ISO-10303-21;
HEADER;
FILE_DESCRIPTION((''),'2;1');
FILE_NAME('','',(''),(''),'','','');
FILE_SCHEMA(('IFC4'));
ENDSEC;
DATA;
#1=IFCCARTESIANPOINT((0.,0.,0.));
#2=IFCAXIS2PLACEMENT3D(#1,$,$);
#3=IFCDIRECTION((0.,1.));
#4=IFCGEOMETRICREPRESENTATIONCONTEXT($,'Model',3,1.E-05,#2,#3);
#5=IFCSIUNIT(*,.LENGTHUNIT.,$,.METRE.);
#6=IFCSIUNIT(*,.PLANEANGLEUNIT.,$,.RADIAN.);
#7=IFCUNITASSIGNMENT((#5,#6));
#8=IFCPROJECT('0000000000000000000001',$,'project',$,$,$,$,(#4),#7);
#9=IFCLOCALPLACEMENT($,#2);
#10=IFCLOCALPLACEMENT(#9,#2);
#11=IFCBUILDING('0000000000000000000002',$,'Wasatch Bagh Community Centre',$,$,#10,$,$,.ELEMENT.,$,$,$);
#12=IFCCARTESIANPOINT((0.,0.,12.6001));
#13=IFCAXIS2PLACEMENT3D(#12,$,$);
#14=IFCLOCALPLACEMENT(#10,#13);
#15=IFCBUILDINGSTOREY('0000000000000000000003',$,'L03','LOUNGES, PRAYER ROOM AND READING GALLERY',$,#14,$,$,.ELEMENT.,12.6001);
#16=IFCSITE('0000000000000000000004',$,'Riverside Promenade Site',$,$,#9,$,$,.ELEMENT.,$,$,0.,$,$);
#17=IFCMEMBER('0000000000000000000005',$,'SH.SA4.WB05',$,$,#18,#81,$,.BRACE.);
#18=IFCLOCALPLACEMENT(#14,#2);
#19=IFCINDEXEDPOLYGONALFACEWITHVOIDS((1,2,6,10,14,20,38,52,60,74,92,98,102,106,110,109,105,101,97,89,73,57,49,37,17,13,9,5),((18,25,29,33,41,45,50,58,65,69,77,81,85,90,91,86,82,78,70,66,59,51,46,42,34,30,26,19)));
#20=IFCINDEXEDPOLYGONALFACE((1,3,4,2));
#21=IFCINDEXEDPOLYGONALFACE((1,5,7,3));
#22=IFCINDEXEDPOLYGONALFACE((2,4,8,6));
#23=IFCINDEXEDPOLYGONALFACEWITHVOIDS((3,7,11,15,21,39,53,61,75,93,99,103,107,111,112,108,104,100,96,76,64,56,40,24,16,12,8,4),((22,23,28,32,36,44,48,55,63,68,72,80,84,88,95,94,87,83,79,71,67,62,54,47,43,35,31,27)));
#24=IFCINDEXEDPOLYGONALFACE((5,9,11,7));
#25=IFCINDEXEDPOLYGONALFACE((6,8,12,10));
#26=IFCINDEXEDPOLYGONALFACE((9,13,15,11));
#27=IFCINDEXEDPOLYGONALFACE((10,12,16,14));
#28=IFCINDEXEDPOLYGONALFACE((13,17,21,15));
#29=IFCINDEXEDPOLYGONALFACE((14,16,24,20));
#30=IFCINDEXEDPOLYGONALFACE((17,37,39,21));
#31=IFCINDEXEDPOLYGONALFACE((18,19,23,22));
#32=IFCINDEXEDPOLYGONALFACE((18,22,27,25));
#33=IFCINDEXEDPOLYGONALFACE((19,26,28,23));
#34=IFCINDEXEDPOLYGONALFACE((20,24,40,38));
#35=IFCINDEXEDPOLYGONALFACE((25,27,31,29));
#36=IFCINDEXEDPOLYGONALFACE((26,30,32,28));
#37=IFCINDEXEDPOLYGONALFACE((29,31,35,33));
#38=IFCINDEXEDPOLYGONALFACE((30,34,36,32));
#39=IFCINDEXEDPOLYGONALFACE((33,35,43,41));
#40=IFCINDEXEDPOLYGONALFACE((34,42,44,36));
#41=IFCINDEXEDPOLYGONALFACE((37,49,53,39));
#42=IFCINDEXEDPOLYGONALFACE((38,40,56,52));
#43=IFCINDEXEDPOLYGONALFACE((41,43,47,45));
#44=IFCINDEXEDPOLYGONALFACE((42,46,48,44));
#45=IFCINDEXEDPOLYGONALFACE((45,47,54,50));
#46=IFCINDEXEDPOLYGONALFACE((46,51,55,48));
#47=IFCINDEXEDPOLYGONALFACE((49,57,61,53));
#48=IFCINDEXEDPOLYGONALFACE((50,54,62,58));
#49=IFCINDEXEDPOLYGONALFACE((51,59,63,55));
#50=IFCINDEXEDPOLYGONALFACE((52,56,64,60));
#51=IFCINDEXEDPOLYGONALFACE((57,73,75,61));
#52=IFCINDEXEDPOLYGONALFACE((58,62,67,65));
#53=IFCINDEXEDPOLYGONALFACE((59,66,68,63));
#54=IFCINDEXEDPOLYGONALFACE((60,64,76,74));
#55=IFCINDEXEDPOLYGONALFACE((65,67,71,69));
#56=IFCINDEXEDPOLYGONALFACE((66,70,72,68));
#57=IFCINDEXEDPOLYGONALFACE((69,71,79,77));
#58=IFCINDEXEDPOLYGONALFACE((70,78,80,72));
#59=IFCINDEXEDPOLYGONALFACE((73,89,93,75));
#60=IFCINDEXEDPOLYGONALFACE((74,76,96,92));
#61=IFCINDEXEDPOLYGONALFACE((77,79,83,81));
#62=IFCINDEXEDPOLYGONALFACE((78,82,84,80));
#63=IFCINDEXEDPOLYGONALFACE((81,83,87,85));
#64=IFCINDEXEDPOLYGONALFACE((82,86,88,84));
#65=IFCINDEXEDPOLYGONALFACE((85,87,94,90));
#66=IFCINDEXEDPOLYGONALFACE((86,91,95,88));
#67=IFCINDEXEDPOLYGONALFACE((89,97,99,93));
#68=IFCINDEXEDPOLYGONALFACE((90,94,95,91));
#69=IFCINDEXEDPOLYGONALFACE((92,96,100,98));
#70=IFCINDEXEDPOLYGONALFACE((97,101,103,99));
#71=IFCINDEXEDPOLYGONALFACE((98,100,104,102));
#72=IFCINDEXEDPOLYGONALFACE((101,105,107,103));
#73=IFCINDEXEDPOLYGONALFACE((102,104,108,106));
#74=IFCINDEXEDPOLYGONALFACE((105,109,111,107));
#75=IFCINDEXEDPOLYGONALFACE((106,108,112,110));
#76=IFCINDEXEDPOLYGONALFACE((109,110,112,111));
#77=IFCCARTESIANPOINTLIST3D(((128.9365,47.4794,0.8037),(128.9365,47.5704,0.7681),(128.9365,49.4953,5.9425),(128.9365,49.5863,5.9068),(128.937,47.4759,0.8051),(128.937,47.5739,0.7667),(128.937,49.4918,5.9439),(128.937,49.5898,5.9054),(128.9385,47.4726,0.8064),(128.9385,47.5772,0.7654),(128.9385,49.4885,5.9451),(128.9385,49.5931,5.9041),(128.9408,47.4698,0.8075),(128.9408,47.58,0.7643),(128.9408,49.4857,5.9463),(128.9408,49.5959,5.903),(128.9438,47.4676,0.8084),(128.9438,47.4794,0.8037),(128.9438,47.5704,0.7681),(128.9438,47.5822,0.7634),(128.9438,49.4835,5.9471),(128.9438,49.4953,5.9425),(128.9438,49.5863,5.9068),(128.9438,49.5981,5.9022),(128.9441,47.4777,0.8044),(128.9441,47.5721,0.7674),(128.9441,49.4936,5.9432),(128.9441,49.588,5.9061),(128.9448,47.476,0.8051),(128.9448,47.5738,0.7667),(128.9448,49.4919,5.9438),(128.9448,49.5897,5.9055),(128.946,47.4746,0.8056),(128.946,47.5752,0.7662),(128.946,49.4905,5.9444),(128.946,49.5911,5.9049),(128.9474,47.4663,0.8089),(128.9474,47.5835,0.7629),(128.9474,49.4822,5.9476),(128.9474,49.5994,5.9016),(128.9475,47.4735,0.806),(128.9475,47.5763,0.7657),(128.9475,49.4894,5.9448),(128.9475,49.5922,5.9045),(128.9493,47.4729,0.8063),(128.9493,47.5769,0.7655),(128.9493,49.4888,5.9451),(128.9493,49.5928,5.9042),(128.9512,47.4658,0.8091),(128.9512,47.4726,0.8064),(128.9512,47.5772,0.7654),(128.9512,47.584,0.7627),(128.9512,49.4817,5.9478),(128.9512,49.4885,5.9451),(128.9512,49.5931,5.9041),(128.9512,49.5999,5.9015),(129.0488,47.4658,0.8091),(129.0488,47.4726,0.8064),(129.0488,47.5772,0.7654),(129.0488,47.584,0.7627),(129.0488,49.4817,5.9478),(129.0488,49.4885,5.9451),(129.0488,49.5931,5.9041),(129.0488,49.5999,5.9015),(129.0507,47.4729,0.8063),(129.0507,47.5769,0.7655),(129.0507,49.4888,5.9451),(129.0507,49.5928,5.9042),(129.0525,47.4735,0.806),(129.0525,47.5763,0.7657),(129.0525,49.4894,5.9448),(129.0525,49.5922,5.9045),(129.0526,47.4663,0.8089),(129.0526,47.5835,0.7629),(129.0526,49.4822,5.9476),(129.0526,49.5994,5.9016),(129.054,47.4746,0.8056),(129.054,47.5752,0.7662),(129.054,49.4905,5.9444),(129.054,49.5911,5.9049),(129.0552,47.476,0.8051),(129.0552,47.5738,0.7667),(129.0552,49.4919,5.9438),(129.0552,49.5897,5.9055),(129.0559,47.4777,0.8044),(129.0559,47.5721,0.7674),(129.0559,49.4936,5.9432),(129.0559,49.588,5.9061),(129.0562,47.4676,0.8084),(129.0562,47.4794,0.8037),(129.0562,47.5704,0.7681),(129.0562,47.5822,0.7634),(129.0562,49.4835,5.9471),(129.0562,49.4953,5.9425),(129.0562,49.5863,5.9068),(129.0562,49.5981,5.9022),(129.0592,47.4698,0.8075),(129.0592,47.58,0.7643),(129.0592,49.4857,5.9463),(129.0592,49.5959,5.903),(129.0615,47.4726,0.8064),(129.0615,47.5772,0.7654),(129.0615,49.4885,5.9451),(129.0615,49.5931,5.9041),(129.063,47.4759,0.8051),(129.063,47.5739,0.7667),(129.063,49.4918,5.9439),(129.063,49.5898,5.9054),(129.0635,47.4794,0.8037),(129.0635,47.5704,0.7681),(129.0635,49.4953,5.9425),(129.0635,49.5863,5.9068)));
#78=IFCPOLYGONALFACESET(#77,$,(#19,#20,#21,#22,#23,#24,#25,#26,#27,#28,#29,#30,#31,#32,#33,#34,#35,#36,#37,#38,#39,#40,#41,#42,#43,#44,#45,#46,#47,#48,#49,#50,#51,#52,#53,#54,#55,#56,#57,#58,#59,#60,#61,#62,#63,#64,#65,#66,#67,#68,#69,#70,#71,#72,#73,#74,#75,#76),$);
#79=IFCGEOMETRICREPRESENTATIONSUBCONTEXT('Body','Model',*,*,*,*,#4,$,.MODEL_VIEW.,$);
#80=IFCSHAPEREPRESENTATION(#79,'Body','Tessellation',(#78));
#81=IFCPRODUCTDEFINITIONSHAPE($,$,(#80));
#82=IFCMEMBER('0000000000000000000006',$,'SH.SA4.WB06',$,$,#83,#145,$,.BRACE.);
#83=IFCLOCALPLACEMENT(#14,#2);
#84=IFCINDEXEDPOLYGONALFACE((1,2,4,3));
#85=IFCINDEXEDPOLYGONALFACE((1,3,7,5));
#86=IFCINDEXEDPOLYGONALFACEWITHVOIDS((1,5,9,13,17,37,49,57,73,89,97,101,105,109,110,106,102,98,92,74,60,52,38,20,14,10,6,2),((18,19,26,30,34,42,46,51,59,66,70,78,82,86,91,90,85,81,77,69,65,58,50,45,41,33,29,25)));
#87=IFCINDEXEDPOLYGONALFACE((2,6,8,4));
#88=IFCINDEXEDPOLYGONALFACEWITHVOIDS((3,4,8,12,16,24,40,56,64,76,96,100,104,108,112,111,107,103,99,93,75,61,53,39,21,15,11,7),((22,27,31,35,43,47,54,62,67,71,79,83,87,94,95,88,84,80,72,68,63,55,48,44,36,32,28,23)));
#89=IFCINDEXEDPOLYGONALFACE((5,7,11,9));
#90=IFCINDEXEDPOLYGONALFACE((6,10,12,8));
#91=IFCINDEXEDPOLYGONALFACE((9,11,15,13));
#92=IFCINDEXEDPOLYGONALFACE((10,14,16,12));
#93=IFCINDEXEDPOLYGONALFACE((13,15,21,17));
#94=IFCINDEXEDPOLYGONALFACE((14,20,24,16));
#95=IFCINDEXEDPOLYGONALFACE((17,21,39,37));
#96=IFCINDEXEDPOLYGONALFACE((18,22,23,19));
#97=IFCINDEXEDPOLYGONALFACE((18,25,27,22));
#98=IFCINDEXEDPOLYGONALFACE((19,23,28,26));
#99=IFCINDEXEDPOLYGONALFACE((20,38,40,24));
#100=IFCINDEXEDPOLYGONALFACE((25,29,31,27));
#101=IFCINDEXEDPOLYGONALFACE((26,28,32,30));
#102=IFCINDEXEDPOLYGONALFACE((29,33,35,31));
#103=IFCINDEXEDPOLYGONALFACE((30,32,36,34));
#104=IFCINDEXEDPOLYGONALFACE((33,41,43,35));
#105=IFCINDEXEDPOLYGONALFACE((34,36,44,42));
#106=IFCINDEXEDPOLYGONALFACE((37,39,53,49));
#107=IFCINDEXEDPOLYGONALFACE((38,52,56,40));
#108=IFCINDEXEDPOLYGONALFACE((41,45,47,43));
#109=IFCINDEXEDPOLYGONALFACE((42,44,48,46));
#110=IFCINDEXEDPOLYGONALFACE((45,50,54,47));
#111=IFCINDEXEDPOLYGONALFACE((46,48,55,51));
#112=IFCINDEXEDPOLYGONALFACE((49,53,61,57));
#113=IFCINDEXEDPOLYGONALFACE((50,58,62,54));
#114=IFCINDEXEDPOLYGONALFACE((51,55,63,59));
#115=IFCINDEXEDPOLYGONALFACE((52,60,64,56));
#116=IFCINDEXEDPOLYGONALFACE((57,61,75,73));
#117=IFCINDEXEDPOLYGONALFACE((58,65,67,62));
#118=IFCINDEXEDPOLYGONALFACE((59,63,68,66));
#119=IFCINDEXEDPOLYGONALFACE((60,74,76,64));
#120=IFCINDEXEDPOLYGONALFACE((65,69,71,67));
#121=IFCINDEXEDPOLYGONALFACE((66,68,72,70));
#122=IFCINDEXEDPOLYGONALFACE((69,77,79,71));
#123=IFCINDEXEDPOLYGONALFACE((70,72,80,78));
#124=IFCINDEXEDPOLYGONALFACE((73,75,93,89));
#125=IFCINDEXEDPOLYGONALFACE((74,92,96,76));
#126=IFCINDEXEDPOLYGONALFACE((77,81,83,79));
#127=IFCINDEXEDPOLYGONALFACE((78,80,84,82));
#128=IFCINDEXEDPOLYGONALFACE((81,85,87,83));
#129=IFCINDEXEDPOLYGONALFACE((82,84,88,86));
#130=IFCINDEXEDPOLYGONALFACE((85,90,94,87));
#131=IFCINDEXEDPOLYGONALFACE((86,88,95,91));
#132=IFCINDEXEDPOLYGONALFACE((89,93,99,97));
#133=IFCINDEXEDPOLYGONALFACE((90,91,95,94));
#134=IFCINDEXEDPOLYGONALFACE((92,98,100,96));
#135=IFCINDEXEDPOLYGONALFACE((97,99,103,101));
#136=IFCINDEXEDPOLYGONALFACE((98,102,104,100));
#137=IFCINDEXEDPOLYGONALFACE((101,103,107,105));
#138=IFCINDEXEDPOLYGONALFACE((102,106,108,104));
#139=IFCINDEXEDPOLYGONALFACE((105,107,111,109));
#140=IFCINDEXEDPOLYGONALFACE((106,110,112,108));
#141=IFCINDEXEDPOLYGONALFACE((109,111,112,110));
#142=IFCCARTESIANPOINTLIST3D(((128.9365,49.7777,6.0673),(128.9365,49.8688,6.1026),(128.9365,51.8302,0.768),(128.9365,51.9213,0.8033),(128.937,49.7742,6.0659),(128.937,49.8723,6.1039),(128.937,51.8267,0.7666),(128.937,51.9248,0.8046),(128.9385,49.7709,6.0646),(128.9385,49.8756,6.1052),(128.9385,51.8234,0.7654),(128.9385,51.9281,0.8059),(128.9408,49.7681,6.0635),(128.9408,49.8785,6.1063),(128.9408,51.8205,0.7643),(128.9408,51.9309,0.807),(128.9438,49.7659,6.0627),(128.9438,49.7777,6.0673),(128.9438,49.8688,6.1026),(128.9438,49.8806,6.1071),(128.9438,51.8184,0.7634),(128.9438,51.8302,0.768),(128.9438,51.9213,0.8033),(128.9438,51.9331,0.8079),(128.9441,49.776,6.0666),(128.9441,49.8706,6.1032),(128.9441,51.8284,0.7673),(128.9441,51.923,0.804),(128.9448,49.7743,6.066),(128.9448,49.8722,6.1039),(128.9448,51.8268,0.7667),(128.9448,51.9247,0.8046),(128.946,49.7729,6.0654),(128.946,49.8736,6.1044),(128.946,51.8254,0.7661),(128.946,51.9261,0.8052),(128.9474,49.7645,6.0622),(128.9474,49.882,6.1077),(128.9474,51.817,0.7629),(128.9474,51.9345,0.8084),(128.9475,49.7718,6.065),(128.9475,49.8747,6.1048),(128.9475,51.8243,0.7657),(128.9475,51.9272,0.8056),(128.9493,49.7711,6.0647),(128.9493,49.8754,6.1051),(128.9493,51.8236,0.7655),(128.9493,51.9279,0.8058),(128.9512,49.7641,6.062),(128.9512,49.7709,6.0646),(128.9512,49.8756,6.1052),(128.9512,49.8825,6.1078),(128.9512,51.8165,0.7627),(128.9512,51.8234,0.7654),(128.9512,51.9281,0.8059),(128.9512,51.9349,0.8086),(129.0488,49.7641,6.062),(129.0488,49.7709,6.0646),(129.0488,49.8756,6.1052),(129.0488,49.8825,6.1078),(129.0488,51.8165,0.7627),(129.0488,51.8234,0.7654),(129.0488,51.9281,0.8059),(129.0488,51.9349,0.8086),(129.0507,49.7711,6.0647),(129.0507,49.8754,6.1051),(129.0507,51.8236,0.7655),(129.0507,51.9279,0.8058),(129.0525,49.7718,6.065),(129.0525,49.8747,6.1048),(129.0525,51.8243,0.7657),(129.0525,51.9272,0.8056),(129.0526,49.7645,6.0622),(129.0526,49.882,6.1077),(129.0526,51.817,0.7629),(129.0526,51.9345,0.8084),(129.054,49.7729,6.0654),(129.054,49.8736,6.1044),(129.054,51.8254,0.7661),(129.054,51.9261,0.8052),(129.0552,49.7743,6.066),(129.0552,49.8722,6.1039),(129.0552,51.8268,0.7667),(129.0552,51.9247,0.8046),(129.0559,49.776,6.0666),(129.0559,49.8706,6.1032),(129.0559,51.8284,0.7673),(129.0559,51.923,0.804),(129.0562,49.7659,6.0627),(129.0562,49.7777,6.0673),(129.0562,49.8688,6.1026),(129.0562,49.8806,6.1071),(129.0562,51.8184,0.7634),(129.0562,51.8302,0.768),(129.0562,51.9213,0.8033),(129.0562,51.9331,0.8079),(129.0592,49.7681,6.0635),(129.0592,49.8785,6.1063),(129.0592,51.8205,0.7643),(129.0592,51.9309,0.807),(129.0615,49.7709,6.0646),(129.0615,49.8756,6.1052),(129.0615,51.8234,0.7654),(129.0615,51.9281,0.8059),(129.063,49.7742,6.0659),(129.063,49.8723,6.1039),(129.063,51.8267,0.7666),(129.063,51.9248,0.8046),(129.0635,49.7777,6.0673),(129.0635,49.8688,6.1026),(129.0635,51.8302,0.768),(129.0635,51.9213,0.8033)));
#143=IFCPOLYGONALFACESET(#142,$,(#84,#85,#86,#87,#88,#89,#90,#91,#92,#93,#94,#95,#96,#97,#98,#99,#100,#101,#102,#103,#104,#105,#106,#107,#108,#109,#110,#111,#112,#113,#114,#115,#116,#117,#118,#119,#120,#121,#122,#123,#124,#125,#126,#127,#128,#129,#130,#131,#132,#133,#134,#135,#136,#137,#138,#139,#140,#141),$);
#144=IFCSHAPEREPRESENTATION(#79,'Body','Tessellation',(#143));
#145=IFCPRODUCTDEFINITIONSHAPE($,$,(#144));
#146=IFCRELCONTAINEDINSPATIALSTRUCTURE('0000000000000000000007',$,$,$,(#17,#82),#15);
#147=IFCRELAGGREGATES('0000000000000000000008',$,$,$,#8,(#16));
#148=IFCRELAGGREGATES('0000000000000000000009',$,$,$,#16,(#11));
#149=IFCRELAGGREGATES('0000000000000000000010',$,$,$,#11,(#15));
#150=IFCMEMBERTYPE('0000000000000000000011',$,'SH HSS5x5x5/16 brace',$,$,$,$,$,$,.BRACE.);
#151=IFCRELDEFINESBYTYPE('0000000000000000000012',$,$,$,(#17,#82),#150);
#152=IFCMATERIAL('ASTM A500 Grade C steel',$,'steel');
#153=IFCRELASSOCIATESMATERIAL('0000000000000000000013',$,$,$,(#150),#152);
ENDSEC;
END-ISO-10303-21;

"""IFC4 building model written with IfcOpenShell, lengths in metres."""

from ifc_helpers import new_model, si_unit, direction, frame, origin, origin_2d, place, context, subcontext, project, spatial, hollow_rectangle, extrude, material, material_profile, profile_set, type_object, element, save


model = new_model("IFC4")

# Units and contexts
model_context = context("Model", 3, precision=1e-05, world=origin(), true_north=direction((0.0, 1.0)))
body_context = subcontext(model_context, "Body", "Model", "MODEL_VIEW")
ifc_project = project(units=[si_unit("LENGTHUNIT", "METRE"), si_unit("PLANEANGLEUNIT", "RADIAN")], contexts=[model_context])

# Site, building, storey
site_placement = place(None, origin())
site = spatial("IfcSite", under=ifc_project, at=site_placement, Name="Riverside Promenade Site", CompositionType="ELEMENT", RefElevation=0.0)
building_placement = place(site_placement, origin())
building = spatial("IfcBuilding", under=site, at=building_placement, Name="Wasatch Bagh Community Centre", CompositionType="ELEMENT")
storey_placement = place(building_placement, frame((0.0, 0.0, 12.6001)))
storey = spatial("IfcBuildingStorey", under=building, at=storey_placement, Name="L03", Description="LOUNGES, PRAYER ROOM AND READING GALLERY", CompositionType="ELEMENT", Elevation=12.6001)

# Members
ifc_material_1 = material(Name="ASTM A500 Grade C steel", Category="steel")
ifc_material_profile_1 = material_profile(ifc_material_1, hollow_rectangle(XDim=0.127, YDim=0.127, WallThickness=0.0073, InnerFilletRadius=0.0073, OuterFilletRadius=0.0146, at=origin_2d()), Name="HSS5x5x5/16")
ifc_profile_set_1 = profile_set([ifc_material_profile_1], Name="ASTM A500 Grade C steel")
member_type_1 = type_object("IfcMemberType", Name="SH HSS5x5x5/16 brace", PredefinedType="BRACE", material=ifc_profile_set_1)
member_1_placement = place(storey_placement, frame((129.0, 47.5249, 0.7859), z_axis=(0.0, 0.365198, 0.93093), x_axis=(-1.0, 0.0, 0.0)))
element("IfcMember", 1, at=member_1_placement, inside=storey, type_object=member_type_1, Name="SH.SA4.WB05", PredefinedType="BRACE", context=body_context, shape_type="SweptSolid", body=[
    extrude(hollow_rectangle(XDim=0.127, YDim=0.127, WallThickness=0.0073, InnerFilletRadius=0.0073, OuterFilletRadius=0.0146, at=origin_2d()), origin(), (0.0, 0.0, 1.0), 5.52),
])
for number, where, z_axis, x_axis, name in (
    (2, (129.0, 51.8757, 0.7856), (0.0, -0.361169, 0.9325), (1.0, 0.0, 0.0), "SH.SA4.WB06"),
):
    element("IfcMember", number, at=place(storey_placement, frame(where, z_axis=z_axis, x_axis=x_axis)), inside=storey, type_object=member_type_1, Name=name, PredefinedType="BRACE", context=body_context, shape_type="SweptSolid", body=[
        extrude(hollow_rectangle(XDim=0.127, YDim=0.127, WallThickness=0.0073, InnerFilletRadius=0.0073, OuterFilletRadius=0.0146, at=origin_2d()), origin(), (0.0, 0.0, 1.0), 5.6829),
    ])

save(model, "model.ifc")
